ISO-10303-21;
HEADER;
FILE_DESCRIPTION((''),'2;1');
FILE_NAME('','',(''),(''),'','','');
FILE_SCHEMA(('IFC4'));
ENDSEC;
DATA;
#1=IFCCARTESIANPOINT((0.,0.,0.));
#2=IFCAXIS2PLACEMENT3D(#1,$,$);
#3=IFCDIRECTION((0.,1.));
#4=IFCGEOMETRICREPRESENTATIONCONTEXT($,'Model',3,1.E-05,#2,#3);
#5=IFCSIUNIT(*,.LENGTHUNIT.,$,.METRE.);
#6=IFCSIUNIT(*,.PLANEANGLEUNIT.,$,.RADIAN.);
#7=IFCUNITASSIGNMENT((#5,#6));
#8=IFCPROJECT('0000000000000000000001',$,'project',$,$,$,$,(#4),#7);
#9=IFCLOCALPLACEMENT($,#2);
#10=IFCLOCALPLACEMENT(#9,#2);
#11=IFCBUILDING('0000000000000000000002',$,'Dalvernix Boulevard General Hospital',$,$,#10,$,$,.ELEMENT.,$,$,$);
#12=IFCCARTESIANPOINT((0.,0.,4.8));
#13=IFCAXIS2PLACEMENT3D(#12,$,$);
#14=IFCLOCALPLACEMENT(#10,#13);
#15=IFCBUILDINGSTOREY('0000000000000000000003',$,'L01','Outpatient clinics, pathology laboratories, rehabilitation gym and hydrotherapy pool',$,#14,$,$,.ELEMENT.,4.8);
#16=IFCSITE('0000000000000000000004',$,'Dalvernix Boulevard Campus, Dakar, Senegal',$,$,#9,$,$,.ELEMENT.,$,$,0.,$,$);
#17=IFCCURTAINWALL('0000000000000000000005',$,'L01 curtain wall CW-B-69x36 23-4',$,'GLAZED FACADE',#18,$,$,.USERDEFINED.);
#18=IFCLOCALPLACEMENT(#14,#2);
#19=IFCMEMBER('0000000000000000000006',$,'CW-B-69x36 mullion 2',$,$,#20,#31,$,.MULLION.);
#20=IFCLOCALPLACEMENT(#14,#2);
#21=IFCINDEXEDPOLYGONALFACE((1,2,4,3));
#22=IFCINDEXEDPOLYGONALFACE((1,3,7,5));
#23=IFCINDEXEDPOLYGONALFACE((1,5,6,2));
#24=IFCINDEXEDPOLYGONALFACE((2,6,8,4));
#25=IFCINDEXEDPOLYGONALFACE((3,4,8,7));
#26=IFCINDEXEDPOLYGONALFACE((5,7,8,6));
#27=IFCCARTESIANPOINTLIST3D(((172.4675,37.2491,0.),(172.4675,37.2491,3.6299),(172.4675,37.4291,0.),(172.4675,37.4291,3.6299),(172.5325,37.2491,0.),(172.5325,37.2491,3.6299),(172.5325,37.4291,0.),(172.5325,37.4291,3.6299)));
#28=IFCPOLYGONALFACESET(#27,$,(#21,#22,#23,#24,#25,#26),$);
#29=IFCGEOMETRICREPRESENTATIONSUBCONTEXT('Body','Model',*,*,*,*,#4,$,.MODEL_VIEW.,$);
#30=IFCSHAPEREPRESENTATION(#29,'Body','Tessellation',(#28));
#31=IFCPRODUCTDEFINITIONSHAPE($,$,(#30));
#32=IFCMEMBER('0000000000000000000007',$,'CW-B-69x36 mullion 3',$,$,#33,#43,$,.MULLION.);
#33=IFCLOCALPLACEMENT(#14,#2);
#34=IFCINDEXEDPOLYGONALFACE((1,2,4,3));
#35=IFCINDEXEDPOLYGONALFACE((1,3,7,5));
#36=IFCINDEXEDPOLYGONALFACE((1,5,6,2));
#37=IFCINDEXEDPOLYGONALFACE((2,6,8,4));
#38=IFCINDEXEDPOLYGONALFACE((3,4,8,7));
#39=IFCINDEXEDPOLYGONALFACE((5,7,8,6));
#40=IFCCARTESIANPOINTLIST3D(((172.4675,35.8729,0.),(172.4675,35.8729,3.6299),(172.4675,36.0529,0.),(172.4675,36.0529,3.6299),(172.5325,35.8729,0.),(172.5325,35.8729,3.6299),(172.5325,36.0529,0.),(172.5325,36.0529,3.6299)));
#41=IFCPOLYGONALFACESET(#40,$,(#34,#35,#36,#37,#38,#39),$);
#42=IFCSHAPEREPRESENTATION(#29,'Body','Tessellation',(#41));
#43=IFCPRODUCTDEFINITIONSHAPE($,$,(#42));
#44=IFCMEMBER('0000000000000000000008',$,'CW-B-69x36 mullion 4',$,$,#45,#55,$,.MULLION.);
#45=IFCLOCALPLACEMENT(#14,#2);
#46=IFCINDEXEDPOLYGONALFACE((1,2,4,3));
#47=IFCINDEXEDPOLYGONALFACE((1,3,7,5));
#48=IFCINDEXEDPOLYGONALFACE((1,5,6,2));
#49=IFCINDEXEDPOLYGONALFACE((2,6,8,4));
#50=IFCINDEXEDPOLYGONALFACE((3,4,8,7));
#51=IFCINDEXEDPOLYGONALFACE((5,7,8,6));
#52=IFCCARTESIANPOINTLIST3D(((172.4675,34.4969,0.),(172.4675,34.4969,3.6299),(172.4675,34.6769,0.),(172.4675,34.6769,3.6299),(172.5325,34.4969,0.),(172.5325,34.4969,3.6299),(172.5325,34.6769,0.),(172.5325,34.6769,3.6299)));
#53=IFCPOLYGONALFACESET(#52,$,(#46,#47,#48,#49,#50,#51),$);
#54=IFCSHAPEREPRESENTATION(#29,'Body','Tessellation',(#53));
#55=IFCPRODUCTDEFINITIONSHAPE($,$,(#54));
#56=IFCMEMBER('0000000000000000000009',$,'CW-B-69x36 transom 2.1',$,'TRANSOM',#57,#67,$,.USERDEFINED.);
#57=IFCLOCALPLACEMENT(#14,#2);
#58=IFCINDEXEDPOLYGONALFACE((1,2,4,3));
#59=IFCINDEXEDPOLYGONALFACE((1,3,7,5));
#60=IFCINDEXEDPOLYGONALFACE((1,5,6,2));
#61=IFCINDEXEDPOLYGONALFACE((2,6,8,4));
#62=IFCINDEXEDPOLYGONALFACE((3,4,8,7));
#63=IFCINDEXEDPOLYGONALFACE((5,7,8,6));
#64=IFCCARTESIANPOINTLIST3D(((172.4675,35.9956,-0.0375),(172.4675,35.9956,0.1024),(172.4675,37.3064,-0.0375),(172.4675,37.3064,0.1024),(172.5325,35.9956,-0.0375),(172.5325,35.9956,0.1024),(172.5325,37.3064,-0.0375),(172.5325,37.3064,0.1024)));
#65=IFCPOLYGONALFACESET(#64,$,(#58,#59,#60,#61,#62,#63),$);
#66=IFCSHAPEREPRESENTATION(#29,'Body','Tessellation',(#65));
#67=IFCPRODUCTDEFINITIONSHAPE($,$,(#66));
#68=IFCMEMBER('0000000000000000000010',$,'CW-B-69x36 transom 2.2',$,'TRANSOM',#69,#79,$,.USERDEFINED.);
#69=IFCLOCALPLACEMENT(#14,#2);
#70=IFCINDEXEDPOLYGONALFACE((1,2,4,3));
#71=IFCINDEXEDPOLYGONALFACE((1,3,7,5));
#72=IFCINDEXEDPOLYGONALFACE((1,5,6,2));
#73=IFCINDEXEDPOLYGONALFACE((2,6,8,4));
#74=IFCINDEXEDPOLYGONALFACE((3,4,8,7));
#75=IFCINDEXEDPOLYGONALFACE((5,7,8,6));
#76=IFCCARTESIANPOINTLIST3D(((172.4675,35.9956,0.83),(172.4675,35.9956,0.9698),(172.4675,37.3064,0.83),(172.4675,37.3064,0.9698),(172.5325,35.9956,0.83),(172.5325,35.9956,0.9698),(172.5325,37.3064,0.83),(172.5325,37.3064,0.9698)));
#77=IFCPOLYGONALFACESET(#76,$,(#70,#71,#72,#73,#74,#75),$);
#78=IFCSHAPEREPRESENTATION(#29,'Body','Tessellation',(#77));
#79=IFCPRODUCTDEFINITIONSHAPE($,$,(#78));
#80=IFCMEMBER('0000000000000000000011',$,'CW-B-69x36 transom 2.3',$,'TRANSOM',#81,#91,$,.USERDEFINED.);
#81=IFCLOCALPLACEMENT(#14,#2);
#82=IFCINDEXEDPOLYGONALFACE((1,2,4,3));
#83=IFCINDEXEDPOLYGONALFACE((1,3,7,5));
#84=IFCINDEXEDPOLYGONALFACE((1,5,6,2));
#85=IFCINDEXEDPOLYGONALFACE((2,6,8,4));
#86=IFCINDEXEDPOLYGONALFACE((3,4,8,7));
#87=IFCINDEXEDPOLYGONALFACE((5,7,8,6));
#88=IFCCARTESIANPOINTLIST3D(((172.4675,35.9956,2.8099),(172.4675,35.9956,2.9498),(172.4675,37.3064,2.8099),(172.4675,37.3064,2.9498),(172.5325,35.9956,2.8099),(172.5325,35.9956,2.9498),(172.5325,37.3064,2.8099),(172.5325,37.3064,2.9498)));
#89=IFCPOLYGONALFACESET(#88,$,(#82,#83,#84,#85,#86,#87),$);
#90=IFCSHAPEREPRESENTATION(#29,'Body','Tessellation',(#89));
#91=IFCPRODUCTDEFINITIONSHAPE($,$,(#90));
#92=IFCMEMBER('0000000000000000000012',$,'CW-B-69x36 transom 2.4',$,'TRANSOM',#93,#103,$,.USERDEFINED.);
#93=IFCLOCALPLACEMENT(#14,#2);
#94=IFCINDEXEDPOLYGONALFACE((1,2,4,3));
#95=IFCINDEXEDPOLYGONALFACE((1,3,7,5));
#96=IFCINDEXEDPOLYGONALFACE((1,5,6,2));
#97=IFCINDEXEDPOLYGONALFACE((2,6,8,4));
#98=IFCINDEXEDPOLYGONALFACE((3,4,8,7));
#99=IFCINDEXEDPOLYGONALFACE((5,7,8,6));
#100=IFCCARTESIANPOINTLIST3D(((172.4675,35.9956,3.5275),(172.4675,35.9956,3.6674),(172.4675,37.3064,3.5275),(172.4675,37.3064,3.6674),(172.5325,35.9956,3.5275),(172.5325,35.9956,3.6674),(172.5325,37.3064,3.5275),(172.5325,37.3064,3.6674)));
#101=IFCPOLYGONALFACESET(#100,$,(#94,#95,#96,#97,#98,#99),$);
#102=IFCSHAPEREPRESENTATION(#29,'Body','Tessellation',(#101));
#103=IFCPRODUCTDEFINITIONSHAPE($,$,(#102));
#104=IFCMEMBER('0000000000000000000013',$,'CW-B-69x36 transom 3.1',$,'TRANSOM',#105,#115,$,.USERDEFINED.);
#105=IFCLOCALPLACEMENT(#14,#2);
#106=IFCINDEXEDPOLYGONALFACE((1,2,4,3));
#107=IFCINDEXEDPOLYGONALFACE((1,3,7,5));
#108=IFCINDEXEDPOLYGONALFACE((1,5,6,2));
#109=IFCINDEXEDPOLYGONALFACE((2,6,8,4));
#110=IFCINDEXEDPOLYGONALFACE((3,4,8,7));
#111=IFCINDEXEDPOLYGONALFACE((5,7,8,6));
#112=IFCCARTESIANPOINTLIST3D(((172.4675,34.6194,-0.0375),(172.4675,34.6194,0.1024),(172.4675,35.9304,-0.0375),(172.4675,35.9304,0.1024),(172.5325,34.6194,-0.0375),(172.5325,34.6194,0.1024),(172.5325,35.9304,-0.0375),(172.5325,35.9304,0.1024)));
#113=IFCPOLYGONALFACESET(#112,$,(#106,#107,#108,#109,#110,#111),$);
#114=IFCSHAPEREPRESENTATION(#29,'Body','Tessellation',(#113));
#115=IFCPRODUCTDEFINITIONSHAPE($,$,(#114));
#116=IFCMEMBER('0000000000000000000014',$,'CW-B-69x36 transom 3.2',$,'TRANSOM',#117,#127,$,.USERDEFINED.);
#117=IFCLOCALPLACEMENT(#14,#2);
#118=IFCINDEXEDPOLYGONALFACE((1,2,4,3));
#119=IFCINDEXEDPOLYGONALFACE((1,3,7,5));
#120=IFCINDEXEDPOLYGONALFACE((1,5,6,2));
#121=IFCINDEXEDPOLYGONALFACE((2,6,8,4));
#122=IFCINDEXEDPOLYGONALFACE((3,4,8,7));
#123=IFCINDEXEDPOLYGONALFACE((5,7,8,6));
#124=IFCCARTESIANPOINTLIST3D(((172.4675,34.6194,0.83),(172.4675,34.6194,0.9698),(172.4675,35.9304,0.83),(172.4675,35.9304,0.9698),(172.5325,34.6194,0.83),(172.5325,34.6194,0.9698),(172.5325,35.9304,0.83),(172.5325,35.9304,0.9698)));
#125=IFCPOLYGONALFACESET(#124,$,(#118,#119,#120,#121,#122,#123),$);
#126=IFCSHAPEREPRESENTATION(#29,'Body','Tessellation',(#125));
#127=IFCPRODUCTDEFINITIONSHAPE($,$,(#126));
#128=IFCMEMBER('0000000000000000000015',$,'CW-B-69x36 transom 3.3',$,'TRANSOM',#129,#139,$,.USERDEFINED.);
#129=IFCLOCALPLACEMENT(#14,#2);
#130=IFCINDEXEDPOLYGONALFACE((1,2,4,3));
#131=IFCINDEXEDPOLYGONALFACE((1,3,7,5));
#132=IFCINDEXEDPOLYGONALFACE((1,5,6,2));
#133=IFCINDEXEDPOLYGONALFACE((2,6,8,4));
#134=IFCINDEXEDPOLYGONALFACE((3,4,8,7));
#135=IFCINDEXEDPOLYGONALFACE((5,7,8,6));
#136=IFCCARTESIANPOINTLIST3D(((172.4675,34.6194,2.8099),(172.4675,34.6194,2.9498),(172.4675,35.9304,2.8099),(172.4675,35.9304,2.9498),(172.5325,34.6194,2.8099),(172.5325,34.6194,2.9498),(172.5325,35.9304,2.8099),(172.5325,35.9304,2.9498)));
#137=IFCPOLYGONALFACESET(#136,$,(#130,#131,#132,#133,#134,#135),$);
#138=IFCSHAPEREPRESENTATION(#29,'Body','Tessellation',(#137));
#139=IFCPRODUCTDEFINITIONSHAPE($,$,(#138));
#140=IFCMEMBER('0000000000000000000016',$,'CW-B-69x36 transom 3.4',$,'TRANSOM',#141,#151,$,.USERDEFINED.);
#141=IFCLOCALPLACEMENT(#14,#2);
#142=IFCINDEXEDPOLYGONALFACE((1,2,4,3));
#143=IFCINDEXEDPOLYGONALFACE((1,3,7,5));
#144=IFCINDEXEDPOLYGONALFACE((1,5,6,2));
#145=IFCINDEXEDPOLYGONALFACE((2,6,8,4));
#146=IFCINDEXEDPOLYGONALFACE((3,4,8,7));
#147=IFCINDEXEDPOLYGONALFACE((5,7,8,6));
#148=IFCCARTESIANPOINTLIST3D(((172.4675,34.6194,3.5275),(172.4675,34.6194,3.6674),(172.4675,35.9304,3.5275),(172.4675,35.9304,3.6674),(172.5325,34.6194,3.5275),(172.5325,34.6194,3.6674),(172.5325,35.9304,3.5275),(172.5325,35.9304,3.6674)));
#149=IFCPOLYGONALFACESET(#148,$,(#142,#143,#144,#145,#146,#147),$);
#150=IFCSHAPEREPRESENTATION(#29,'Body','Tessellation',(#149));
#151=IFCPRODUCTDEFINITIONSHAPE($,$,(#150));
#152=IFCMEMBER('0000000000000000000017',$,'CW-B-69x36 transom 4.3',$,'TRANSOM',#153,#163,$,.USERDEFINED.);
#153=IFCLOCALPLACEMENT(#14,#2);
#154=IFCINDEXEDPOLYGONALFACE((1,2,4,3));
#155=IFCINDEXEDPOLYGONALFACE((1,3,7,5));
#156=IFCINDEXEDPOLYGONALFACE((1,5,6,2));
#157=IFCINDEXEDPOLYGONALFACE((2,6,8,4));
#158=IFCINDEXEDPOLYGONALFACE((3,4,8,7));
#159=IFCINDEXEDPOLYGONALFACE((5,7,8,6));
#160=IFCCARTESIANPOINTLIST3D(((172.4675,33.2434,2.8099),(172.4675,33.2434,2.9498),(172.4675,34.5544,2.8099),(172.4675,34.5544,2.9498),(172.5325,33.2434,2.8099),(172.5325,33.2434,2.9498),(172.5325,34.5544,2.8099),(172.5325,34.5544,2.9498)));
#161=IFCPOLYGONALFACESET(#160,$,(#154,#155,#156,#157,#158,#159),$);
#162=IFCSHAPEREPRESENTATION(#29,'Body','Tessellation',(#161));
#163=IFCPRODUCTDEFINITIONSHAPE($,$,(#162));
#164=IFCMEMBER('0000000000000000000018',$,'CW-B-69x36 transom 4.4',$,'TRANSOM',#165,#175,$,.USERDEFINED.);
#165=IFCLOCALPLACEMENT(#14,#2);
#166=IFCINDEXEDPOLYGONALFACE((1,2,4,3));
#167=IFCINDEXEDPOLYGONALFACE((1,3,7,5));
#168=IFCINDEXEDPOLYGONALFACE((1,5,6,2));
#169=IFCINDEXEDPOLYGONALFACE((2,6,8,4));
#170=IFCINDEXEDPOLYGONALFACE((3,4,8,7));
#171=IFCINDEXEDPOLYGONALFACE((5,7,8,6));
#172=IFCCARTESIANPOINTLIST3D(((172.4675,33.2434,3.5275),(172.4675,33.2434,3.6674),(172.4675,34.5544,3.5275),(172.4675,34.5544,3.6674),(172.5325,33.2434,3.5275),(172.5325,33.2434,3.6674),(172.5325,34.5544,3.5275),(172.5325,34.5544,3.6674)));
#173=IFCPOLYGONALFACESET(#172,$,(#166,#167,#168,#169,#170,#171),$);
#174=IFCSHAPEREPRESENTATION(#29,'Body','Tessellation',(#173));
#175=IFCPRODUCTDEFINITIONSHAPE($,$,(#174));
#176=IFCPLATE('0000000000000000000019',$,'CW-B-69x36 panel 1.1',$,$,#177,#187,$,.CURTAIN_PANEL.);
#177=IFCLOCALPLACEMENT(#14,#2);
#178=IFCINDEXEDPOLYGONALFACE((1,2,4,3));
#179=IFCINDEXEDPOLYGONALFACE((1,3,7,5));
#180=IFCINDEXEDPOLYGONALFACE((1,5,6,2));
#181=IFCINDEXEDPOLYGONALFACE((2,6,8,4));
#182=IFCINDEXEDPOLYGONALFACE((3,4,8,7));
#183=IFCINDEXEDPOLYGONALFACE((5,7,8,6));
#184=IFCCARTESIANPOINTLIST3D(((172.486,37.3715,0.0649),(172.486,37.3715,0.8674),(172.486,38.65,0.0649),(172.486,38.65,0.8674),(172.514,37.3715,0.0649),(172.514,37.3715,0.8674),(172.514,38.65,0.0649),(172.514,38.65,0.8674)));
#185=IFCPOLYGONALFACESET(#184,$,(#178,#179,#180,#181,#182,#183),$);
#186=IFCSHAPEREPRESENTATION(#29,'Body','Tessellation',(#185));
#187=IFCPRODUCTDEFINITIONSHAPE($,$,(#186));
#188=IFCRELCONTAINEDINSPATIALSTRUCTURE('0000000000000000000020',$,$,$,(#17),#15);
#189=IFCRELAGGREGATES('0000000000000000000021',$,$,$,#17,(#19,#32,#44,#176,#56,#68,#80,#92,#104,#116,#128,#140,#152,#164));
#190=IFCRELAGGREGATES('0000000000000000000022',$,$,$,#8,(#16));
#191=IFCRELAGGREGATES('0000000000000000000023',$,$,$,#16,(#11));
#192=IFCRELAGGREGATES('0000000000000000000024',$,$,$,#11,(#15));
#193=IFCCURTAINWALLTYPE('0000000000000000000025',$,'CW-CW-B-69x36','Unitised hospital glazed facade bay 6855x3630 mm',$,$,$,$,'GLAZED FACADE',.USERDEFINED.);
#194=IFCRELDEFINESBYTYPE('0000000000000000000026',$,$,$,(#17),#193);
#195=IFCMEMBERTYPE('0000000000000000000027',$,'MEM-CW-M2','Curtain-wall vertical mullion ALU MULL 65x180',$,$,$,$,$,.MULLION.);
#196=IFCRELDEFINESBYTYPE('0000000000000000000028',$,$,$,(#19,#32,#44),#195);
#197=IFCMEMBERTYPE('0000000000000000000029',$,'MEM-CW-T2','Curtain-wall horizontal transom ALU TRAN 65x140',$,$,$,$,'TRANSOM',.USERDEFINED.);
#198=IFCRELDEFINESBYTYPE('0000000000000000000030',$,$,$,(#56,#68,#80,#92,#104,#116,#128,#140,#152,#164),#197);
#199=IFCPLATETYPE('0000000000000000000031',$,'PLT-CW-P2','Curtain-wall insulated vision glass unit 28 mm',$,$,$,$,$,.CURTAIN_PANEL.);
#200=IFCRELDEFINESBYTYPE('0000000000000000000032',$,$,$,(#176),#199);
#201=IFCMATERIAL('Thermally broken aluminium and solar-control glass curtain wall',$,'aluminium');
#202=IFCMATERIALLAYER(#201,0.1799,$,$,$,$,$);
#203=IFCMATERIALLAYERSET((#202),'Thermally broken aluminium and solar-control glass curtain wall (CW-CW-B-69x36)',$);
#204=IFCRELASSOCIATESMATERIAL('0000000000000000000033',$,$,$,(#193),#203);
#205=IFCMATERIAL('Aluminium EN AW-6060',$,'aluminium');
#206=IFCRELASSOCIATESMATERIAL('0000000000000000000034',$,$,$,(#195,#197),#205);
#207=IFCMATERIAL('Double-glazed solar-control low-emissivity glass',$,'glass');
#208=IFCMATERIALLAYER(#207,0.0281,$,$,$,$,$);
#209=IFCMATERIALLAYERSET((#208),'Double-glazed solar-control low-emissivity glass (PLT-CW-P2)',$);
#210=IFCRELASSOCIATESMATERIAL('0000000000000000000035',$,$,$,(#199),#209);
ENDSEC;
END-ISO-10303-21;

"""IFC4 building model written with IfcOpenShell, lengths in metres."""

from ifc_helpers import new_model, si_unit, direction, frame, origin, origin_2d, place, context, subcontext, project, spatial, rectangle, extrude, material, layer, layer_set, material_profile, profile_set, type_object, element, aggregate, save


model = new_model("IFC4")

# Units and contexts
model_context = context("Model", 3, precision=1e-05, world=origin(), true_north=direction((0.0, 1.0)))
body_context = subcontext(model_context, "Body", "Model", "MODEL_VIEW")
ifc_project = project(units=[si_unit("LENGTHUNIT", "METRE"), si_unit("PLANEANGLEUNIT", "RADIAN")], contexts=[model_context])

# Site, building, storey
site_placement = place(None, origin())
site = spatial("IfcSite", under=ifc_project, at=site_placement, Name="Dalvernix Boulevard Campus, Dakar, Senegal", CompositionType="ELEMENT", RefElevation=0.0)
building_placement = place(site_placement, origin())
building = spatial("IfcBuilding", under=site, at=building_placement, Name="Dalvernix Boulevard General Hospital", CompositionType="ELEMENT")
storey_placement = place(building_placement, frame((0.0, 0.0, 4.8)))
storey = spatial("IfcBuildingStorey", under=building, at=storey_placement, Name="L01", Description="Outpatient clinics, pathology laboratories, rehabilitation gym and hydrotherapy pool", CompositionType="ELEMENT", Elevation=4.8)

# Curtain wall, members, plate
ifc_material_1 = material(Name="Thermally broken aluminium and solar-control glass curtain wall", Category="aluminium")
ifc_layer_1 = layer(ifc_material_1, 0.1799)
ifc_layer_set_1 = layer_set([ifc_layer_1], Name="Thermally broken aluminium and solar-control glass curtain wall (CW-CW-B-69x36)")
curtain_wall_type = type_object("IfcCurtainWallType", Name="CW-CW-B-69x36", Description="Unitised hospital glazed facade bay 6855x3630 mm", ElementType="GLAZED FACADE", PredefinedType="USERDEFINED", material=ifc_layer_set_1)
curtain_wall_placement = place(storey_placement, origin())
curtain_wall = element("IfcCurtainWall", 1, at=curtain_wall_placement, inside=storey, type_object=curtain_wall_type, Name="L01 curtain wall CW-B-69x36 23-4", ObjectType="GLAZED FACADE", PredefinedType="USERDEFINED")
ifc_material_2 = material(Name="Aluminium EN AW-6060", Category="aluminium")
ifc_material_profile_1 = material_profile(ifc_material_2, rectangle(XDim=0.0649, YDim=0.1799, at=origin_2d()), Name="ALU MULL 65x180")
ifc_profile_set_1 = profile_set([ifc_material_profile_1], Name="Aluminium EN AW-6060")
member_type_1 = type_object("IfcMemberType", Name="MEM-CW-M2", Description="Curtain-wall vertical mullion ALU MULL 65x180", PredefinedType="MULLION", material=ifc_profile_set_1)
member_1_placement = place(storey_placement, frame((172.5, 37.3391, 0.0), z_axis=(0.0, 0.0, 1.0), x_axis=(1.0, 0.0, 0.0)))
member_1 = element("IfcMember", 2, at=member_1_placement, type_object=member_type_1, Name="CW-B-69x36 mullion 2", PredefinedType="MULLION", context=body_context, shape_type="SweptSolid", body=[
    extrude(rectangle(XDim=0.0649, YDim=0.1799, at=origin_2d()), origin(), (0.0, 0.0, 1.0), 3.6299),
])
member_2_placement = place(storey_placement, frame((172.5, 35.9629, 0.0), z_axis=(0.0, 0.0, 1.0), x_axis=(1.0, 0.0, 0.0)))
member_2 = element("IfcMember", 3, at=member_2_placement, type_object=member_type_1, Name="CW-B-69x36 mullion 3", PredefinedType="MULLION", context=body_context, shape_type="SweptSolid", body=[
    extrude(rectangle(XDim=0.0649, YDim=0.1799, at=origin_2d()), origin(), (0.0, 0.0, 1.0), 3.6299),
])
member_3_placement = place(storey_placement, frame((172.5, 34.5869, 0.0), z_axis=(0.0, 0.0, 1.0), x_axis=(1.0, 0.0, 0.0)))
member_3 = element("IfcMember", 4, at=member_3_placement, type_object=member_type_1, Name="CW-B-69x36 mullion 4", PredefinedType="MULLION", context=body_context, shape_type="SweptSolid", body=[
    extrude(rectangle(XDim=0.0649, YDim=0.1799, at=origin_2d()), origin(), (0.0, 0.0, 1.0), 3.6299),
])
ifc_material_profile_2 = material_profile(ifc_material_2, rectangle(XDim=0.0649, YDim=0.1399, at=origin_2d()), Name="ALU TRAN 65x140")
ifc_profile_set_2 = profile_set([ifc_material_profile_2], Name="Aluminium EN AW-6060")
member_type_2 = type_object("IfcMemberType", Name="MEM-CW-T2", Description="Curtain-wall horizontal transom ALU TRAN 65x140", ElementType="TRANSOM", PredefinedType="USERDEFINED", material=ifc_profile_set_2)
member_4_placement = place(storey_placement, frame((172.5, 37.3064, 0.0325), z_axis=(0.0, -1.0, 0.0), x_axis=(1.0, 0.0, 0.0)))
member_4 = element("IfcMember", 5, at=member_4_placement, type_object=member_type_2, Name="CW-B-69x36 transom 2.1", ObjectType="TRANSOM", PredefinedType="USERDEFINED", context=body_context, shape_type="SweptSolid", body=[
    extrude(rectangle(XDim=0.0649, YDim=0.1399, at=origin_2d()), origin(), (0.0, 0.0, 1.0), 1.3108),
])
member_5_placement = place(storey_placement, frame((172.5, 37.3064, 0.8999), z_axis=(0.0, -1.0, 0.0), x_axis=(1.0, 0.0, 0.0)))
member_5 = element("IfcMember", 6, at=member_5_placement, type_object=member_type_2, Name="CW-B-69x36 transom 2.2", ObjectType="TRANSOM", PredefinedType="USERDEFINED", context=body_context, shape_type="SweptSolid", body=[
    extrude(rectangle(XDim=0.0649, YDim=0.1399, at=origin_2d()), origin(), (0.0, 0.0, 1.0), 1.3108),
])
member_6_placement = place(storey_placement, frame((172.5, 37.3064, 2.8799), z_axis=(0.0, -1.0, 0.0), x_axis=(1.0, 0.0, 0.0)))
member_6 = element("IfcMember", 7, at=member_6_placement, type_object=member_type_2, Name="CW-B-69x36 transom 2.3", ObjectType="TRANSOM", PredefinedType="USERDEFINED", context=body_context, shape_type="SweptSolid", body=[
    extrude(rectangle(XDim=0.0649, YDim=0.1399, at=origin_2d()), origin(), (0.0, 0.0, 1.0), 1.3108),
])
member_7_placement = place(storey_placement, frame((172.5, 37.3064, 3.5974), z_axis=(0.0, -1.0, 0.0), x_axis=(1.0, 0.0, 0.0)))
member_7 = element("IfcMember", 8, at=member_7_placement, type_object=member_type_2, Name="CW-B-69x36 transom 2.4", ObjectType="TRANSOM", PredefinedType="USERDEFINED", context=body_context, shape_type="SweptSolid", body=[
    extrude(rectangle(XDim=0.0649, YDim=0.1399, at=origin_2d()), origin(), (0.0, 0.0, 1.0), 1.3108),
])
member_8_placement = place(storey_placement, frame((172.5, 35.9304, 0.0325), z_axis=(0.0, -1.0, 0.0), x_axis=(1.0, 0.0, 0.0)))
member_8 = element("IfcMember", 9, at=member_8_placement, type_object=member_type_2, Name="CW-B-69x36 transom 3.1", ObjectType="TRANSOM", PredefinedType="USERDEFINED", context=body_context, shape_type="SweptSolid", body=[
    extrude(rectangle(XDim=0.0649, YDim=0.1399, at=origin_2d()), origin(), (0.0, 0.0, 1.0), 1.311),
])
member_9_placement = place(storey_placement, frame((172.5, 35.9304, 0.8999), z_axis=(0.0, -1.0, 0.0), x_axis=(1.0, 0.0, 0.0)))
member_9 = element("IfcMember", 10, at=member_9_placement, type_object=member_type_2, Name="CW-B-69x36 transom 3.2", ObjectType="TRANSOM", PredefinedType="USERDEFINED", context=body_context, shape_type="SweptSolid", body=[
    extrude(rectangle(XDim=0.0649, YDim=0.1399, at=origin_2d()), origin(), (0.0, 0.0, 1.0), 1.311),
])
member_10_placement = place(storey_placement, frame((172.5, 35.9304, 2.8799), z_axis=(0.0, -1.0, 0.0), x_axis=(1.0, 0.0, 0.0)))
member_10 = element("IfcMember", 11, at=member_10_placement, type_object=member_type_2, Name="CW-B-69x36 transom 3.3", ObjectType="TRANSOM", PredefinedType="USERDEFINED", context=body_context, shape_type="SweptSolid", body=[
    extrude(rectangle(XDim=0.0649, YDim=0.1399, at=origin_2d()), origin(), (0.0, 0.0, 1.0), 1.311),
])
member_11_placement = place(storey_placement, frame((172.5, 35.9304, 3.5974), z_axis=(0.0, -1.0, 0.0), x_axis=(1.0, 0.0, 0.0)))
member_11 = element("IfcMember", 12, at=member_11_placement, type_object=member_type_2, Name="CW-B-69x36 transom 3.4", ObjectType="TRANSOM", PredefinedType="USERDEFINED", context=body_context, shape_type="SweptSolid", body=[
    extrude(rectangle(XDim=0.0649, YDim=0.1399, at=origin_2d()), origin(), (0.0, 0.0, 1.0), 1.311),
])
member_12_placement = place(storey_placement, frame((172.5, 34.5544, 2.8799), z_axis=(0.0, -1.0, 0.0), x_axis=(1.0, 0.0, 0.0)))
member_12 = element("IfcMember", 13, at=member_12_placement, type_object=member_type_2, Name="CW-B-69x36 transom 4.3", ObjectType="TRANSOM", PredefinedType="USERDEFINED", context=body_context, shape_type="SweptSolid", body=[
    extrude(rectangle(XDim=0.0649, YDim=0.1399, at=origin_2d()), origin(), (0.0, 0.0, 1.0), 1.311),
])
member_13_placement = place(storey_placement, frame((172.5, 34.5544, 3.5974), z_axis=(0.0, -1.0, 0.0), x_axis=(1.0, 0.0, 0.0)))
member_13 = element("IfcMember", 14, at=member_13_placement, type_object=member_type_2, Name="CW-B-69x36 transom 4.4", ObjectType="TRANSOM", PredefinedType="USERDEFINED", context=body_context, shape_type="SweptSolid", body=[
    extrude(rectangle(XDim=0.0649, YDim=0.1399, at=origin_2d()), origin(), (0.0, 0.0, 1.0), 1.311),
])
ifc_material_3 = material(Name="Double-glazed solar-control low-emissivity glass", Category="glass")
ifc_layer_2 = layer(ifc_material_3, 0.0281)
ifc_layer_set_2 = layer_set([ifc_layer_2], Name="Double-glazed solar-control low-emissivity glass (PLT-CW-P2)")
plate_type = type_object("IfcPlateType", Name="PLT-CW-P2", Description="Curtain-wall insulated vision glass unit 28 mm", PredefinedType="CURTAIN_PANEL", material=ifc_layer_set_2)
plate_1_placement = place(storey_placement, frame((172.5, 38.0107, 0.0649), z_axis=(0.0, 0.0, 1.0), x_axis=(0.0, -1.0, 0.0)))
plate_1 = element("IfcPlate", 15, at=plate_1_placement, type_object=plate_type, Name="CW-B-69x36 panel 1.1", PredefinedType="CURTAIN_PANEL", context=body_context, shape_type="SweptSolid", body=[
    extrude(rectangle(XDim=1.2786, YDim=0.0281, at=origin_2d()), origin(), (0.0, 0.0, 1.0), 0.8025),
])
aggregate(curtain_wall, [member_1, member_2, member_3, plate_1, member_4, member_5, member_6, member_7, member_8, member_9, member_10, member_11, member_12, member_13])

save(model, "model.ifc")
